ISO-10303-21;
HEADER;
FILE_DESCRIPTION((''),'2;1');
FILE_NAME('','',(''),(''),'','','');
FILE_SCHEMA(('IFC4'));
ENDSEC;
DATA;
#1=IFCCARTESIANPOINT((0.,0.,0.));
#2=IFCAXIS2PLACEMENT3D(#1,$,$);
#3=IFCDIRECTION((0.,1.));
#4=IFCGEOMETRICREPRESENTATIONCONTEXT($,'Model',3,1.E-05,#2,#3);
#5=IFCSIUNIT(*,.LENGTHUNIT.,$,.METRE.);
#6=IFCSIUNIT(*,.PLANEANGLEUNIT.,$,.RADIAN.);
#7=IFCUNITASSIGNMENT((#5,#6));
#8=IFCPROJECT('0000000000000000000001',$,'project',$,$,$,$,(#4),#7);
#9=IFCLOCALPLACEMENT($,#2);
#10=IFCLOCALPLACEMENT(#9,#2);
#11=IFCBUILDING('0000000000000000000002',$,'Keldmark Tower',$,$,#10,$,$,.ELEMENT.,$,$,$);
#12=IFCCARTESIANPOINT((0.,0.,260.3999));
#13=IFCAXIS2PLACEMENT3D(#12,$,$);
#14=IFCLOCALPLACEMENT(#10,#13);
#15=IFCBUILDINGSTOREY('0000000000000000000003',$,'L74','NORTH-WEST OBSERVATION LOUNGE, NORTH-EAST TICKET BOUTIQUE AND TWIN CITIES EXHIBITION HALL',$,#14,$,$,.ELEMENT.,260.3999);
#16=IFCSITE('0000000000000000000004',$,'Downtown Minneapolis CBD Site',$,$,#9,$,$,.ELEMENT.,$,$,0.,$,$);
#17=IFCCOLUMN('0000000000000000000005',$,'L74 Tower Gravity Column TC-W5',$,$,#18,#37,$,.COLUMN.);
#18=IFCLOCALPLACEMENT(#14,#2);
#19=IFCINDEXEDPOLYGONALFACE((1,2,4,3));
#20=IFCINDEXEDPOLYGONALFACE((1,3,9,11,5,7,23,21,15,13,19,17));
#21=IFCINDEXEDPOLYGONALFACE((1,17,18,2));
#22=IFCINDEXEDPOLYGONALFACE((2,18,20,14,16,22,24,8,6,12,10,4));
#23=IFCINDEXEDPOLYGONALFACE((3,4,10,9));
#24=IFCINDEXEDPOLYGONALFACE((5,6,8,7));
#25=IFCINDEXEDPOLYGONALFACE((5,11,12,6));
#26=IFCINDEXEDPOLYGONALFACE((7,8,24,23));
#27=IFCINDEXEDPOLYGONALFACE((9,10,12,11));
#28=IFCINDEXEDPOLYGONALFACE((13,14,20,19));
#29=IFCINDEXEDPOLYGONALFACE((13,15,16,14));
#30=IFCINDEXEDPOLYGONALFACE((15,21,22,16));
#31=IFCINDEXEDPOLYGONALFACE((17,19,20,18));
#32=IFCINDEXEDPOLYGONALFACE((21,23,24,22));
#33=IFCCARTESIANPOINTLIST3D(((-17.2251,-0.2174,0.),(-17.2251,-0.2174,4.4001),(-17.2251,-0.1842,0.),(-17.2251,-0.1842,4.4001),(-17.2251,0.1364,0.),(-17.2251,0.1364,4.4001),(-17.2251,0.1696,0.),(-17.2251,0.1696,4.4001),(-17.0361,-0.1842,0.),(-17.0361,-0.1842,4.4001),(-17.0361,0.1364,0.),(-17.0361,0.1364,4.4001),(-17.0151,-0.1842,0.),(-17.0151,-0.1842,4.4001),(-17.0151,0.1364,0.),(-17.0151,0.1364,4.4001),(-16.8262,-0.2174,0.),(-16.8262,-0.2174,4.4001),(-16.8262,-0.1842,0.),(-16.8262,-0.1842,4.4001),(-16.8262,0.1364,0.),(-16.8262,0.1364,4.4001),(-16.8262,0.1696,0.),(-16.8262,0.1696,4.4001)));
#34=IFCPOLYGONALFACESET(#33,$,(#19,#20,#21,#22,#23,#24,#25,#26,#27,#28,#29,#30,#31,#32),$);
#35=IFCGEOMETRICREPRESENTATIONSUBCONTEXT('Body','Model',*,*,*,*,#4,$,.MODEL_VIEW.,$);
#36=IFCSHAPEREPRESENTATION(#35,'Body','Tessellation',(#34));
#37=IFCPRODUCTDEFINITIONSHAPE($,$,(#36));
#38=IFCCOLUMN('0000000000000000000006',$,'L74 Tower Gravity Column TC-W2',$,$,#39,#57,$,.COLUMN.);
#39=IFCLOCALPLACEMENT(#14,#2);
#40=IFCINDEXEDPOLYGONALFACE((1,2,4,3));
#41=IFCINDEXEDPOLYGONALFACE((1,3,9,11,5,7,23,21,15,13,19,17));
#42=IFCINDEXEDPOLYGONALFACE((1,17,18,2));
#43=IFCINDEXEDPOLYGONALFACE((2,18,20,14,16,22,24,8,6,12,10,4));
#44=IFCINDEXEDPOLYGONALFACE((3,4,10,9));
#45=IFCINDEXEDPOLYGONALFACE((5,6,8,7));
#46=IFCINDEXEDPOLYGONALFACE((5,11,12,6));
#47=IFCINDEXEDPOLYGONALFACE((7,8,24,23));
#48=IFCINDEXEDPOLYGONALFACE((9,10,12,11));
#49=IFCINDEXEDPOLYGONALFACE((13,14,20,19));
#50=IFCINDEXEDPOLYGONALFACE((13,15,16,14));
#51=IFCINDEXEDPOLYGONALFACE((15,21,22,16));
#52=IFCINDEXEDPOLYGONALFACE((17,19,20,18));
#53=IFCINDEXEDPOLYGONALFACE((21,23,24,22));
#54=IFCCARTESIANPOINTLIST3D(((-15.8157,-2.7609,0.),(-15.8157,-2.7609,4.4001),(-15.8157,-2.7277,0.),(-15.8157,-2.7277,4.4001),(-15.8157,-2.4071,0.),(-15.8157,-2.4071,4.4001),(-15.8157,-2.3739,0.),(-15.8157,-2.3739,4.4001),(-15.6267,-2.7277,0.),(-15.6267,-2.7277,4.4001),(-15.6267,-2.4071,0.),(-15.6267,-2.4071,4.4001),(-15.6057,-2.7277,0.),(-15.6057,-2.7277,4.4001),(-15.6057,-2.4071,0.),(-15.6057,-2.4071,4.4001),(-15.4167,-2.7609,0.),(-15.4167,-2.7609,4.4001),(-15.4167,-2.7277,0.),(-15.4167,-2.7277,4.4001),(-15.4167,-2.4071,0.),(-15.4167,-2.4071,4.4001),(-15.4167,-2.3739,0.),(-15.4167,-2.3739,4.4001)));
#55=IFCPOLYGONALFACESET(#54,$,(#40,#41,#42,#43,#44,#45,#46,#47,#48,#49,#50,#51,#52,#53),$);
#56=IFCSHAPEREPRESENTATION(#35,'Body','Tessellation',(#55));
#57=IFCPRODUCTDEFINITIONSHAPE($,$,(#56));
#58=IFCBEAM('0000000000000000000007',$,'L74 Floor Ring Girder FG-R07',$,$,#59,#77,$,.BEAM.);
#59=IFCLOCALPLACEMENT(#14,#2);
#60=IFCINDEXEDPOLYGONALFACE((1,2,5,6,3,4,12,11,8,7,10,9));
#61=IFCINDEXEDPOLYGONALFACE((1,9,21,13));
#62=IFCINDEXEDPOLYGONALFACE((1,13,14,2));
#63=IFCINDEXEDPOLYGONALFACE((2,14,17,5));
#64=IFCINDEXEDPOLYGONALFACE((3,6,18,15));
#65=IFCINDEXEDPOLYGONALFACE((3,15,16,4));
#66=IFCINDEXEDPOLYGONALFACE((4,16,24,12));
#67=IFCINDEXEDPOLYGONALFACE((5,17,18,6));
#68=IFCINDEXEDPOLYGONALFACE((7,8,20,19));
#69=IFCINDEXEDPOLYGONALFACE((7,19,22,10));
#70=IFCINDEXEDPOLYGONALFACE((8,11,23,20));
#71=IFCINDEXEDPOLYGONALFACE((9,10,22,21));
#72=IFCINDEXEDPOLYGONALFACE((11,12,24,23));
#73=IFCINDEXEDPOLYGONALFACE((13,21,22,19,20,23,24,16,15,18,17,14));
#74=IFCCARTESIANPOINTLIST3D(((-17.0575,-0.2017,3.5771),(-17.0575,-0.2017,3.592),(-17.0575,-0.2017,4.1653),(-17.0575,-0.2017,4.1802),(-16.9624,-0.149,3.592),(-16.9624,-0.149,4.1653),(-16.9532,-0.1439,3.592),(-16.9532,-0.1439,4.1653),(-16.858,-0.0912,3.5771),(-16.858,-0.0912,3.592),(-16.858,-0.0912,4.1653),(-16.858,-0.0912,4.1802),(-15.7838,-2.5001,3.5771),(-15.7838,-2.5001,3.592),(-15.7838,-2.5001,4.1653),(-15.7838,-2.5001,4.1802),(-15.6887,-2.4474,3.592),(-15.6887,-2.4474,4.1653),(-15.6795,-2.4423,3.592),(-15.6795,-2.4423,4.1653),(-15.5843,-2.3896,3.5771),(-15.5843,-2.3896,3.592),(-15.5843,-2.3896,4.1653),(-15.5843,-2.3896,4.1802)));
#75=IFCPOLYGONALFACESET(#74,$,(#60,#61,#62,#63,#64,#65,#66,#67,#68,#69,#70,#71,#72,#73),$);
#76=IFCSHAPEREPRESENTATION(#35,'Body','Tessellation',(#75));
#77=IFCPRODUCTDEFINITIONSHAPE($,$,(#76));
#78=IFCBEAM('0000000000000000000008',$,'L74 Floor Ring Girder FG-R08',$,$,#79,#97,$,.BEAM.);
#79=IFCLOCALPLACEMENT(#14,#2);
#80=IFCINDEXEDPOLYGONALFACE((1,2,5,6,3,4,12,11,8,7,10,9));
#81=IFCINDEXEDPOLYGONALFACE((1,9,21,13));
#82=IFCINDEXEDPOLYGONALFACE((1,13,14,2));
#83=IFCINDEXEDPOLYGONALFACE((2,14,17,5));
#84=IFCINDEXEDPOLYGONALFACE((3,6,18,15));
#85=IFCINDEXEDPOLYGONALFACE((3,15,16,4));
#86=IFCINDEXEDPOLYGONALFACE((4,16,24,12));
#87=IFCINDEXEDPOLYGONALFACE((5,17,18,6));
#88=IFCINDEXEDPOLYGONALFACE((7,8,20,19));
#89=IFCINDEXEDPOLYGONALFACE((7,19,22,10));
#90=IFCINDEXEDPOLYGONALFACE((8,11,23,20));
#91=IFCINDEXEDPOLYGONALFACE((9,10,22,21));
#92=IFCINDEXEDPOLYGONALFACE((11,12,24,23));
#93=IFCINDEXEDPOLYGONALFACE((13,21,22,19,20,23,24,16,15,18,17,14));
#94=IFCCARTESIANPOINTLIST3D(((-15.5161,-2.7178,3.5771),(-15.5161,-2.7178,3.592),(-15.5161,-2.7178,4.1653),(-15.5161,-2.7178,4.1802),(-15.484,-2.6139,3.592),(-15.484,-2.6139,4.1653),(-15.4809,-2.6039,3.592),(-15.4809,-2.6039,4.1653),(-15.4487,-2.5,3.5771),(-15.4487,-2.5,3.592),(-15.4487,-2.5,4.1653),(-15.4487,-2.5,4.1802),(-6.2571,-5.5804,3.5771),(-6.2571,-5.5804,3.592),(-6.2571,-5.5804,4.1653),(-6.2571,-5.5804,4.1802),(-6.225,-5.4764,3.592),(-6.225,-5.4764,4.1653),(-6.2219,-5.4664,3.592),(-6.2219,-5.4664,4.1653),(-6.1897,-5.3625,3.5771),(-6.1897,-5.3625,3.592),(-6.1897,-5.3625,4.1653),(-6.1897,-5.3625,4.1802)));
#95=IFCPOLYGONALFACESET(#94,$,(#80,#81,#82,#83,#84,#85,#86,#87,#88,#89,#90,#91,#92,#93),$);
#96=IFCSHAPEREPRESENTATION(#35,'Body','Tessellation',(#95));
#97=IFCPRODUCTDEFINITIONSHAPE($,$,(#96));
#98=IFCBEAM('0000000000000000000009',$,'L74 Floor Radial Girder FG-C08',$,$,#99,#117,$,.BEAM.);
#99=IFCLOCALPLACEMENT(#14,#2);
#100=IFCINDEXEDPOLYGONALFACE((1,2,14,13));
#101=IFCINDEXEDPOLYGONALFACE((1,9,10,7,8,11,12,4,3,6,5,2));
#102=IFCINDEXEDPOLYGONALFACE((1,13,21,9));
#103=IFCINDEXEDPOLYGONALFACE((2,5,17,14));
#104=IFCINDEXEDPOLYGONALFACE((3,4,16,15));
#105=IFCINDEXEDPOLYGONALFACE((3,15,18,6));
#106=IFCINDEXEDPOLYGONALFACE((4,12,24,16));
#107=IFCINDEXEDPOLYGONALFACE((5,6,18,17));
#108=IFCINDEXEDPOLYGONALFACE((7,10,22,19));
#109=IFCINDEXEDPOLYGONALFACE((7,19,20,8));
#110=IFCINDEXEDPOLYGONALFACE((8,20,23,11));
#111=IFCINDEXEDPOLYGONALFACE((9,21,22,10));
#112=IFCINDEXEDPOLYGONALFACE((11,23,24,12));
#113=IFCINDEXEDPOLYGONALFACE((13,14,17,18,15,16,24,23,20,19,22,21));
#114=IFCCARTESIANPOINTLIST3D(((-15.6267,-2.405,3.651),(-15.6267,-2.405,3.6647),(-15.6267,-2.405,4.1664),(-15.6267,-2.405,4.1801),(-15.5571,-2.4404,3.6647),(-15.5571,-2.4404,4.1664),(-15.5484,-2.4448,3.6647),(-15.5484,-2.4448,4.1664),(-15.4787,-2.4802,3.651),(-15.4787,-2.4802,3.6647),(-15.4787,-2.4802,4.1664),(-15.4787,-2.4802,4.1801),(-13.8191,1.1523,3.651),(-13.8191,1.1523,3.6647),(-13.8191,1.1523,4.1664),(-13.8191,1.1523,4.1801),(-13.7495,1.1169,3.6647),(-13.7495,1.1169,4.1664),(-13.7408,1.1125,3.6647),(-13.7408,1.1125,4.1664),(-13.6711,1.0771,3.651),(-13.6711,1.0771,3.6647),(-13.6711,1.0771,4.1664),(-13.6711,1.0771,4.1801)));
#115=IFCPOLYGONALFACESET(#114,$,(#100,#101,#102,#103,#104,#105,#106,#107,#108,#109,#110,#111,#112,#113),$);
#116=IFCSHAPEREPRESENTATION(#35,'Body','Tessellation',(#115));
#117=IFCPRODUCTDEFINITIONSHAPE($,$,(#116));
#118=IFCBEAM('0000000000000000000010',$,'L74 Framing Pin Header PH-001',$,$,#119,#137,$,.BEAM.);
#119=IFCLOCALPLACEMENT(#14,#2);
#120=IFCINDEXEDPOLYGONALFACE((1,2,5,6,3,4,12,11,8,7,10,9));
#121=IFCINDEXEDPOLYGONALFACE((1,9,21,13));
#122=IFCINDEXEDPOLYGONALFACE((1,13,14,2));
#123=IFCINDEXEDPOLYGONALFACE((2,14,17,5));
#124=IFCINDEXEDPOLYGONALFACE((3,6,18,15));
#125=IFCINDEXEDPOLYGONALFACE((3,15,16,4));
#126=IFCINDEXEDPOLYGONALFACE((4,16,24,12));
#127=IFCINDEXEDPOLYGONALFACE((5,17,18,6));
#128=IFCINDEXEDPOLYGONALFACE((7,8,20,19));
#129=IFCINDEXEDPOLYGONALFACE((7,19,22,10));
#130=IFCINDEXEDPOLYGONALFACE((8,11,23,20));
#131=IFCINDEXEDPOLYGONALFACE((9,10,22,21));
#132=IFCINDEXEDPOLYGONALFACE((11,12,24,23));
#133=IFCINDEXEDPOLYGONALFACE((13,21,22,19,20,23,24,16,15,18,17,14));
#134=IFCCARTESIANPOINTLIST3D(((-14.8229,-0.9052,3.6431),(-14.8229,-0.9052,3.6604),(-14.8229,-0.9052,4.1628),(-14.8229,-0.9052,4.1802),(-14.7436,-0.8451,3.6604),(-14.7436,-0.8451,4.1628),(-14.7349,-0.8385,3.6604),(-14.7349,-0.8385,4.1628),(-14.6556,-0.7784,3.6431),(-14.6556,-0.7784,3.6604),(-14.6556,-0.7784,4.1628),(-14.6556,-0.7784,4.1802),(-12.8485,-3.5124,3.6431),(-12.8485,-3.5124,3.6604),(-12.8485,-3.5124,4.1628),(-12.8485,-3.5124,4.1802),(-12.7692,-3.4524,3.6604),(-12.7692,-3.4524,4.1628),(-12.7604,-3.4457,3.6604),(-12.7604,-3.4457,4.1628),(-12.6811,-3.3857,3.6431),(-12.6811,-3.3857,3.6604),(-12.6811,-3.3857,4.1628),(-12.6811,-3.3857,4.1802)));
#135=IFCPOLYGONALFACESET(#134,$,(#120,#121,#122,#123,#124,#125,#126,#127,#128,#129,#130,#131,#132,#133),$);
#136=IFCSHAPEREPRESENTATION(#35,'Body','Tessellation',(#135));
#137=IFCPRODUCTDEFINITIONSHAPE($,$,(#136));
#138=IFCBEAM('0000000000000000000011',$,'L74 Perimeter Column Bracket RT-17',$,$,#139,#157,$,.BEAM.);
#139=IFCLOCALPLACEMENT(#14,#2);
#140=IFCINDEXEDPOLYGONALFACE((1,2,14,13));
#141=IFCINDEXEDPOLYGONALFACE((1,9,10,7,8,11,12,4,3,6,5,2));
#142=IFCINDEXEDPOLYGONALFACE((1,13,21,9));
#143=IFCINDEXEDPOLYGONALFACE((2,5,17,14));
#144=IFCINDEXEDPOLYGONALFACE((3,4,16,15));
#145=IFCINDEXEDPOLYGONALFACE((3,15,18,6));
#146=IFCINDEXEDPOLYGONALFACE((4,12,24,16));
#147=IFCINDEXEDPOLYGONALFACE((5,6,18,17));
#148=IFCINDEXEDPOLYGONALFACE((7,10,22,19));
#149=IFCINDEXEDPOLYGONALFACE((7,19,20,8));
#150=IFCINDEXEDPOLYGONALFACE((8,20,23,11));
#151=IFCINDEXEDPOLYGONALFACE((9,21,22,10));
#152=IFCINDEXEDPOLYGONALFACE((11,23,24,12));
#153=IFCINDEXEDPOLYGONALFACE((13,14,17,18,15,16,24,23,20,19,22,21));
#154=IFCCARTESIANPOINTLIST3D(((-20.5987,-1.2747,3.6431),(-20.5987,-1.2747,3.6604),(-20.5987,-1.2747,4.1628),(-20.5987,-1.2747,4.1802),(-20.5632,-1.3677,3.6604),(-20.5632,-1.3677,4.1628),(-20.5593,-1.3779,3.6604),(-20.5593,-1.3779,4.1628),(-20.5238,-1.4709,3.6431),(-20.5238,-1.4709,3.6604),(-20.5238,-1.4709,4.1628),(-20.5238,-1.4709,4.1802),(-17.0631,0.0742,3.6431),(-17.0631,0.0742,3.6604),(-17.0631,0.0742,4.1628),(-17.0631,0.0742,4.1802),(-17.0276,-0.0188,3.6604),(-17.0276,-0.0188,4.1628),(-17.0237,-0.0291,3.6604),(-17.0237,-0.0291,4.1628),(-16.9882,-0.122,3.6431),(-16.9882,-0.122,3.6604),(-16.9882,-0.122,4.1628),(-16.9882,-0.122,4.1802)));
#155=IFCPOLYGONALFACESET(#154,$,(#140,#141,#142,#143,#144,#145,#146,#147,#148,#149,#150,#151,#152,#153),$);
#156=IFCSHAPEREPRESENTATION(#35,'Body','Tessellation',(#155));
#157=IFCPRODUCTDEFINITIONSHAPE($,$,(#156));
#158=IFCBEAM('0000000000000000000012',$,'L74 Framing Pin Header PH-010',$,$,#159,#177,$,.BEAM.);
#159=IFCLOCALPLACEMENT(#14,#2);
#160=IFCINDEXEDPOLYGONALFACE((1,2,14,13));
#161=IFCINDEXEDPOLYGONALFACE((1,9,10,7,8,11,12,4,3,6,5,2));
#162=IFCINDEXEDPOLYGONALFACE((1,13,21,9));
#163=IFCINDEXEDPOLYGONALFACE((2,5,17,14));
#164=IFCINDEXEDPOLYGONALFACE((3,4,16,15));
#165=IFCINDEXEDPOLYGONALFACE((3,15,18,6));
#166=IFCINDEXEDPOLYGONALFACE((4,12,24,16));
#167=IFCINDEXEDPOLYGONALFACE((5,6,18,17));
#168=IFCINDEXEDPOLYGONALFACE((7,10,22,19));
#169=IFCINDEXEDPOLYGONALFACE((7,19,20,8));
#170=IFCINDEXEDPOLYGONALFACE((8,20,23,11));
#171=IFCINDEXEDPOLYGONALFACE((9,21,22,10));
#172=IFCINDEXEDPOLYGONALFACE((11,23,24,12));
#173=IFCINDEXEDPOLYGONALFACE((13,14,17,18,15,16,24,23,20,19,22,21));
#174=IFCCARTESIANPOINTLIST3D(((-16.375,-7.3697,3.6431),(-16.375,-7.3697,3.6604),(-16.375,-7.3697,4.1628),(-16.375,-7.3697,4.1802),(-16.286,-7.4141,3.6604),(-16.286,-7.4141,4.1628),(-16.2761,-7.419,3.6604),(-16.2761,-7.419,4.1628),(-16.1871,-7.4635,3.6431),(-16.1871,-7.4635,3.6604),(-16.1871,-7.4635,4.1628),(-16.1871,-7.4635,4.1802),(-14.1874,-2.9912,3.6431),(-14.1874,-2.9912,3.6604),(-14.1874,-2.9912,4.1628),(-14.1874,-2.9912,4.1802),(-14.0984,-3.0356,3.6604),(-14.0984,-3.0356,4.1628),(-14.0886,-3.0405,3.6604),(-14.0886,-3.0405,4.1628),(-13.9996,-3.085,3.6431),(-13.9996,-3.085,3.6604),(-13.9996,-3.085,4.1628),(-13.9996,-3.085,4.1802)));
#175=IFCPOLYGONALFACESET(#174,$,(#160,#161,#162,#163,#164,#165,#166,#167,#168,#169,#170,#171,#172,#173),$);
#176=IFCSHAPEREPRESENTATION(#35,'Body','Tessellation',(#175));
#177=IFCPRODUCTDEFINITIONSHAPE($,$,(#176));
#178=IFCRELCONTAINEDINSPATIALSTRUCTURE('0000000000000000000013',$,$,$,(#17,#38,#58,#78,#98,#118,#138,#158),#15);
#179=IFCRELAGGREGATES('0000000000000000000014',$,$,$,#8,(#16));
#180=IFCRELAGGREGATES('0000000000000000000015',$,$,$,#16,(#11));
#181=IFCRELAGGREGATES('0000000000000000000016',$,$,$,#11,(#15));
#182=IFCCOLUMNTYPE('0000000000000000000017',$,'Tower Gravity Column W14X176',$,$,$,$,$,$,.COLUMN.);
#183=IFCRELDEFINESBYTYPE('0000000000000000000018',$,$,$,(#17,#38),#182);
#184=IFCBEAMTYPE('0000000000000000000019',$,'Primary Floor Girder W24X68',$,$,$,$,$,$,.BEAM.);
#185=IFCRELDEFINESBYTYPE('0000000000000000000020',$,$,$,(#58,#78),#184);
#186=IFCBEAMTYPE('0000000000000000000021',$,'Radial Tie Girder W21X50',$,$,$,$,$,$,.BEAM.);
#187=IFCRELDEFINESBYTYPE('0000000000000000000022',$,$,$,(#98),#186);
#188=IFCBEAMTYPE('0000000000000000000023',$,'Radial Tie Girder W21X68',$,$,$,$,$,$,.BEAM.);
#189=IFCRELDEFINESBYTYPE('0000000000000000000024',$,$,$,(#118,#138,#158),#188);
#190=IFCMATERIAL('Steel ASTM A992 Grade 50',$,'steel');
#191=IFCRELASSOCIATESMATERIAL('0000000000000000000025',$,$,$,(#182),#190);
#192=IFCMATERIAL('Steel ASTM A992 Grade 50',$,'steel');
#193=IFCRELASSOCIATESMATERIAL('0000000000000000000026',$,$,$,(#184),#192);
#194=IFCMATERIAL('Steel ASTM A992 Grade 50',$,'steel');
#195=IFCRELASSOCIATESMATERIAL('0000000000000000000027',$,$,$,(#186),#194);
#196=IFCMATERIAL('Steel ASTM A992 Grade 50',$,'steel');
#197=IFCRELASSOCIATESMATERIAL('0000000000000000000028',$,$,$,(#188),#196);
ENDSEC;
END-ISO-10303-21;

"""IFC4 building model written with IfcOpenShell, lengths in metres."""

from ifc_helpers import new_model, si_unit, direction, frame, origin, origin_2d, place, context, subcontext, project, spatial, i_section, extrude, material, material_profile, profile_set, type_object, element, save


model = new_model("IFC4")

# Units and contexts
model_context = context("Model", 3, precision=1e-05, world=origin(), true_north=direction((0.0, 1.0)))
body_context = subcontext(model_context, "Body", "Model", "MODEL_VIEW")
ifc_project = project(units=[si_unit("LENGTHUNIT", "METRE"), si_unit("PLANEANGLEUNIT", "RADIAN")], contexts=[model_context])

# Site, building, storey
site_placement = place(None, origin())
site = spatial("IfcSite", under=ifc_project, at=site_placement, Name="Downtown Minneapolis CBD Site", CompositionType="ELEMENT", RefElevation=0.0)
building_placement = place(site_placement, origin())
building = spatial("IfcBuilding", under=site, at=building_placement, Name="Keldmark Tower", CompositionType="ELEMENT")
storey_placement = place(building_placement, frame((0.0, 0.0, 260.3999)))
storey = spatial("IfcBuildingStorey", under=building, at=storey_placement, Name="L74", Description="NORTH-WEST OBSERVATION LOUNGE, NORTH-EAST TICKET BOUTIQUE AND TWIN CITIES EXHIBITION HALL", CompositionType="ELEMENT", Elevation=260.3999)

# Columns
ifc_material_1 = material(Name="Steel ASTM A992 Grade 50", Category="steel")
ifc_material_profile_1 = material_profile(ifc_material_1, i_section(OverallWidth=0.3989, OverallDepth=0.387, WebThickness=0.021, FlangeThickness=0.0332, at=origin_2d()), Name="W14X176")
ifc_profile_set_1 = profile_set([ifc_material_profile_1], Name="Steel ASTM A992 Grade 50")
column_type = type_object("IfcColumnType", Name="Tower Gravity Column W14X176", PredefinedType="COLUMN", material=ifc_profile_set_1)
for number, where, z_axis, x_axis, name in (
    (1, (-17.0256, -0.0239, 0.0), (0.0, 0.0, 1.0), (1.0, 0.0, 0.0), "L74 Tower Gravity Column TC-W5"),
    (2, (-15.6162, -2.5674, 0.0), (0.0, 0.0, 1.0), (1.0, 0.0, 0.0), "L74 Tower Gravity Column TC-W2"),
):
    element("IfcColumn", number, at=place(storey_placement, frame(where, z_axis=z_axis, x_axis=x_axis)), inside=storey, type_object=column_type, Name=name, PredefinedType="COLUMN", context=body_context, shape_type="SweptSolid", body=[
        extrude(i_section(OverallWidth=0.3989, OverallDepth=0.387, WebThickness=0.021, FlangeThickness=0.0332, at=origin_2d()), origin(), (0.0, 0.0, 1.0), 4.4001),
    ])

# Beams
ifc_material_2 = material(Name="Steel ASTM A992 Grade 50", Category="steel")
ifc_material_profile_2 = material_profile(ifc_material_2, i_section(OverallWidth=0.228, OverallDepth=0.603, WebThickness=0.0105, FlangeThickness=0.0149, at=origin_2d()), Name="W24X68")
ifc_profile_set_2 = profile_set([ifc_material_profile_2], Name="Steel ASTM A992 Grade 50")
beam_type_1 = type_object("IfcBeamType", Name="Primary Floor Girder W24X68", PredefinedType="BEAM", material=ifc_profile_set_2)
beam_1_placement = place(storey_placement, frame((-16.9578, -0.1465, 3.8787), z_axis=(0.48472, -0.87467, 0.0), x_axis=(0.87467, 0.48472, 0.0)))
element("IfcBeam", 3, at=beam_1_placement, inside=storey, type_object=beam_type_1, Name="L74 Floor Ring Girder FG-R07", PredefinedType="BEAM", context=body_context, shape_type="SweptSolid", body=[
    extrude(i_section(OverallWidth=0.228, OverallDepth=0.603, WebThickness=0.0105, FlangeThickness=0.0149, at=origin_2d()), origin(), (0.0, 0.0, 1.0), 2.6277),
])
beam_2_placement = place(storey_placement, frame((-15.4824, -2.6089, 3.8787), z_axis=(0.955383, -0.295369, 0.0), x_axis=(0.295369, 0.955383, 0.0)))
element("IfcBeam", 4, at=beam_2_placement, inside=storey, type_object=beam_type_1, Name="L74 Floor Ring Girder FG-R08", PredefinedType="BEAM", context=body_context, shape_type="SweptSolid", body=[
    extrude(i_section(OverallWidth=0.228, OverallDepth=0.603, WebThickness=0.0105, FlangeThickness=0.0149, at=origin_2d()), origin(), (0.0, 0.0, 1.0), 9.6914),
])
ifc_material_3 = material(Name="Steel ASTM A992 Grade 50", Category="steel")
ifc_material_profile_3 = material_profile(ifc_material_3, i_section(OverallWidth=0.166, OverallDepth=0.5291, WebThickness=0.0098, FlangeThickness=0.0137, at=origin_2d()), Name="W21X50")
ifc_profile_set_3 = profile_set([ifc_material_profile_3], Name="Steel ASTM A992 Grade 50")
beam_type_2 = type_object("IfcBeamType", Name="Radial Tie Girder W21X50", PredefinedType="BEAM", material=ifc_profile_set_3)
beam_3_placement = place(storey_placement, frame((-15.5527, -2.4426, 3.9155), z_axis=(0.453004, 0.891508, 0.0), x_axis=(-0.891508, 0.453004, 0.0)))
element("IfcBeam", 5, at=beam_3_placement, inside=storey, type_object=beam_type_2, Name="L74 Floor Radial Girder FG-C08", PredefinedType="BEAM", context=body_context, shape_type="SweptSolid", body=[
    extrude(i_section(OverallWidth=0.166, OverallDepth=0.5291, WebThickness=0.0098, FlangeThickness=0.0137, at=origin_2d()), origin(), (0.0, 0.0, 1.0), 3.9902),
])
ifc_material_4 = material(Name="Steel ASTM A992 Grade 50", Category="steel")
ifc_material_profile_4 = material_profile(ifc_material_4, i_section(OverallWidth=0.21, OverallDepth=0.5371, WebThickness=0.011, FlangeThickness=0.0173, at=origin_2d()), Name="W21X68")
ifc_profile_set_4 = profile_set([ifc_material_profile_4], Name="Steel ASTM A992 Grade 50")
beam_type_3 = type_object("IfcBeamType", Name="Radial Tie Girder W21X68", PredefinedType="BEAM", material=ifc_profile_set_4)
beam_4_placement = place(storey_placement, frame((-14.7393, -0.8418, 3.9116), z_axis=(0.603708, -0.797205, 0.0), x_axis=(0.797205, 0.603708, 0.0)))
element("IfcBeam", 6, at=beam_4_placement, inside=storey, type_object=beam_type_3, Name="L74 Framing Pin Header PH-001", PredefinedType="BEAM", context=body_context, shape_type="SweptSolid", body=[
    extrude(i_section(OverallWidth=0.21, OverallDepth=0.5371, WebThickness=0.011, FlangeThickness=0.0173, at=origin_2d()), origin(), (0.0, 0.0, 1.0), 3.2705),
])
beam_5_placement = place(storey_placement, frame((-17.0256, -0.0239, 3.9116), z_axis=(-0.934315, -0.356449, 0.0), x_axis=(0.356449, -0.934315, 0.0)))
element("IfcBeam", 7, at=beam_5_placement, inside=storey, type_object=beam_type_3, Name="L74 Perimeter Column Bracket RT-17", PredefinedType="BEAM", context=body_context, shape_type="SweptSolid", body=[
    extrude(i_section(OverallWidth=0.21, OverallDepth=0.5371, WebThickness=0.011, FlangeThickness=0.0173, at=origin_2d()), origin(), (0.0, 0.0, 1.0), 3.7842),
])
beam_6_placement = place(storey_placement, frame((-14.0935, -3.0381, 3.9116), z_axis=(-0.446934, -0.894567, 0.0), x_axis=(0.894567, -0.446934, 0.0)))
element("IfcBeam", 8, at=beam_6_placement, inside=storey, type_object=beam_type_3, Name="L74 Framing Pin Header PH-010", PredefinedType="BEAM", context=body_context, shape_type="SweptSolid", body=[
    extrude(i_section(OverallWidth=0.21, OverallDepth=0.5371, WebThickness=0.011, FlangeThickness=0.0173, at=origin_2d()), origin(), (0.0, 0.0, 1.0), 4.8945),
])

save(model, "model.ifc")
